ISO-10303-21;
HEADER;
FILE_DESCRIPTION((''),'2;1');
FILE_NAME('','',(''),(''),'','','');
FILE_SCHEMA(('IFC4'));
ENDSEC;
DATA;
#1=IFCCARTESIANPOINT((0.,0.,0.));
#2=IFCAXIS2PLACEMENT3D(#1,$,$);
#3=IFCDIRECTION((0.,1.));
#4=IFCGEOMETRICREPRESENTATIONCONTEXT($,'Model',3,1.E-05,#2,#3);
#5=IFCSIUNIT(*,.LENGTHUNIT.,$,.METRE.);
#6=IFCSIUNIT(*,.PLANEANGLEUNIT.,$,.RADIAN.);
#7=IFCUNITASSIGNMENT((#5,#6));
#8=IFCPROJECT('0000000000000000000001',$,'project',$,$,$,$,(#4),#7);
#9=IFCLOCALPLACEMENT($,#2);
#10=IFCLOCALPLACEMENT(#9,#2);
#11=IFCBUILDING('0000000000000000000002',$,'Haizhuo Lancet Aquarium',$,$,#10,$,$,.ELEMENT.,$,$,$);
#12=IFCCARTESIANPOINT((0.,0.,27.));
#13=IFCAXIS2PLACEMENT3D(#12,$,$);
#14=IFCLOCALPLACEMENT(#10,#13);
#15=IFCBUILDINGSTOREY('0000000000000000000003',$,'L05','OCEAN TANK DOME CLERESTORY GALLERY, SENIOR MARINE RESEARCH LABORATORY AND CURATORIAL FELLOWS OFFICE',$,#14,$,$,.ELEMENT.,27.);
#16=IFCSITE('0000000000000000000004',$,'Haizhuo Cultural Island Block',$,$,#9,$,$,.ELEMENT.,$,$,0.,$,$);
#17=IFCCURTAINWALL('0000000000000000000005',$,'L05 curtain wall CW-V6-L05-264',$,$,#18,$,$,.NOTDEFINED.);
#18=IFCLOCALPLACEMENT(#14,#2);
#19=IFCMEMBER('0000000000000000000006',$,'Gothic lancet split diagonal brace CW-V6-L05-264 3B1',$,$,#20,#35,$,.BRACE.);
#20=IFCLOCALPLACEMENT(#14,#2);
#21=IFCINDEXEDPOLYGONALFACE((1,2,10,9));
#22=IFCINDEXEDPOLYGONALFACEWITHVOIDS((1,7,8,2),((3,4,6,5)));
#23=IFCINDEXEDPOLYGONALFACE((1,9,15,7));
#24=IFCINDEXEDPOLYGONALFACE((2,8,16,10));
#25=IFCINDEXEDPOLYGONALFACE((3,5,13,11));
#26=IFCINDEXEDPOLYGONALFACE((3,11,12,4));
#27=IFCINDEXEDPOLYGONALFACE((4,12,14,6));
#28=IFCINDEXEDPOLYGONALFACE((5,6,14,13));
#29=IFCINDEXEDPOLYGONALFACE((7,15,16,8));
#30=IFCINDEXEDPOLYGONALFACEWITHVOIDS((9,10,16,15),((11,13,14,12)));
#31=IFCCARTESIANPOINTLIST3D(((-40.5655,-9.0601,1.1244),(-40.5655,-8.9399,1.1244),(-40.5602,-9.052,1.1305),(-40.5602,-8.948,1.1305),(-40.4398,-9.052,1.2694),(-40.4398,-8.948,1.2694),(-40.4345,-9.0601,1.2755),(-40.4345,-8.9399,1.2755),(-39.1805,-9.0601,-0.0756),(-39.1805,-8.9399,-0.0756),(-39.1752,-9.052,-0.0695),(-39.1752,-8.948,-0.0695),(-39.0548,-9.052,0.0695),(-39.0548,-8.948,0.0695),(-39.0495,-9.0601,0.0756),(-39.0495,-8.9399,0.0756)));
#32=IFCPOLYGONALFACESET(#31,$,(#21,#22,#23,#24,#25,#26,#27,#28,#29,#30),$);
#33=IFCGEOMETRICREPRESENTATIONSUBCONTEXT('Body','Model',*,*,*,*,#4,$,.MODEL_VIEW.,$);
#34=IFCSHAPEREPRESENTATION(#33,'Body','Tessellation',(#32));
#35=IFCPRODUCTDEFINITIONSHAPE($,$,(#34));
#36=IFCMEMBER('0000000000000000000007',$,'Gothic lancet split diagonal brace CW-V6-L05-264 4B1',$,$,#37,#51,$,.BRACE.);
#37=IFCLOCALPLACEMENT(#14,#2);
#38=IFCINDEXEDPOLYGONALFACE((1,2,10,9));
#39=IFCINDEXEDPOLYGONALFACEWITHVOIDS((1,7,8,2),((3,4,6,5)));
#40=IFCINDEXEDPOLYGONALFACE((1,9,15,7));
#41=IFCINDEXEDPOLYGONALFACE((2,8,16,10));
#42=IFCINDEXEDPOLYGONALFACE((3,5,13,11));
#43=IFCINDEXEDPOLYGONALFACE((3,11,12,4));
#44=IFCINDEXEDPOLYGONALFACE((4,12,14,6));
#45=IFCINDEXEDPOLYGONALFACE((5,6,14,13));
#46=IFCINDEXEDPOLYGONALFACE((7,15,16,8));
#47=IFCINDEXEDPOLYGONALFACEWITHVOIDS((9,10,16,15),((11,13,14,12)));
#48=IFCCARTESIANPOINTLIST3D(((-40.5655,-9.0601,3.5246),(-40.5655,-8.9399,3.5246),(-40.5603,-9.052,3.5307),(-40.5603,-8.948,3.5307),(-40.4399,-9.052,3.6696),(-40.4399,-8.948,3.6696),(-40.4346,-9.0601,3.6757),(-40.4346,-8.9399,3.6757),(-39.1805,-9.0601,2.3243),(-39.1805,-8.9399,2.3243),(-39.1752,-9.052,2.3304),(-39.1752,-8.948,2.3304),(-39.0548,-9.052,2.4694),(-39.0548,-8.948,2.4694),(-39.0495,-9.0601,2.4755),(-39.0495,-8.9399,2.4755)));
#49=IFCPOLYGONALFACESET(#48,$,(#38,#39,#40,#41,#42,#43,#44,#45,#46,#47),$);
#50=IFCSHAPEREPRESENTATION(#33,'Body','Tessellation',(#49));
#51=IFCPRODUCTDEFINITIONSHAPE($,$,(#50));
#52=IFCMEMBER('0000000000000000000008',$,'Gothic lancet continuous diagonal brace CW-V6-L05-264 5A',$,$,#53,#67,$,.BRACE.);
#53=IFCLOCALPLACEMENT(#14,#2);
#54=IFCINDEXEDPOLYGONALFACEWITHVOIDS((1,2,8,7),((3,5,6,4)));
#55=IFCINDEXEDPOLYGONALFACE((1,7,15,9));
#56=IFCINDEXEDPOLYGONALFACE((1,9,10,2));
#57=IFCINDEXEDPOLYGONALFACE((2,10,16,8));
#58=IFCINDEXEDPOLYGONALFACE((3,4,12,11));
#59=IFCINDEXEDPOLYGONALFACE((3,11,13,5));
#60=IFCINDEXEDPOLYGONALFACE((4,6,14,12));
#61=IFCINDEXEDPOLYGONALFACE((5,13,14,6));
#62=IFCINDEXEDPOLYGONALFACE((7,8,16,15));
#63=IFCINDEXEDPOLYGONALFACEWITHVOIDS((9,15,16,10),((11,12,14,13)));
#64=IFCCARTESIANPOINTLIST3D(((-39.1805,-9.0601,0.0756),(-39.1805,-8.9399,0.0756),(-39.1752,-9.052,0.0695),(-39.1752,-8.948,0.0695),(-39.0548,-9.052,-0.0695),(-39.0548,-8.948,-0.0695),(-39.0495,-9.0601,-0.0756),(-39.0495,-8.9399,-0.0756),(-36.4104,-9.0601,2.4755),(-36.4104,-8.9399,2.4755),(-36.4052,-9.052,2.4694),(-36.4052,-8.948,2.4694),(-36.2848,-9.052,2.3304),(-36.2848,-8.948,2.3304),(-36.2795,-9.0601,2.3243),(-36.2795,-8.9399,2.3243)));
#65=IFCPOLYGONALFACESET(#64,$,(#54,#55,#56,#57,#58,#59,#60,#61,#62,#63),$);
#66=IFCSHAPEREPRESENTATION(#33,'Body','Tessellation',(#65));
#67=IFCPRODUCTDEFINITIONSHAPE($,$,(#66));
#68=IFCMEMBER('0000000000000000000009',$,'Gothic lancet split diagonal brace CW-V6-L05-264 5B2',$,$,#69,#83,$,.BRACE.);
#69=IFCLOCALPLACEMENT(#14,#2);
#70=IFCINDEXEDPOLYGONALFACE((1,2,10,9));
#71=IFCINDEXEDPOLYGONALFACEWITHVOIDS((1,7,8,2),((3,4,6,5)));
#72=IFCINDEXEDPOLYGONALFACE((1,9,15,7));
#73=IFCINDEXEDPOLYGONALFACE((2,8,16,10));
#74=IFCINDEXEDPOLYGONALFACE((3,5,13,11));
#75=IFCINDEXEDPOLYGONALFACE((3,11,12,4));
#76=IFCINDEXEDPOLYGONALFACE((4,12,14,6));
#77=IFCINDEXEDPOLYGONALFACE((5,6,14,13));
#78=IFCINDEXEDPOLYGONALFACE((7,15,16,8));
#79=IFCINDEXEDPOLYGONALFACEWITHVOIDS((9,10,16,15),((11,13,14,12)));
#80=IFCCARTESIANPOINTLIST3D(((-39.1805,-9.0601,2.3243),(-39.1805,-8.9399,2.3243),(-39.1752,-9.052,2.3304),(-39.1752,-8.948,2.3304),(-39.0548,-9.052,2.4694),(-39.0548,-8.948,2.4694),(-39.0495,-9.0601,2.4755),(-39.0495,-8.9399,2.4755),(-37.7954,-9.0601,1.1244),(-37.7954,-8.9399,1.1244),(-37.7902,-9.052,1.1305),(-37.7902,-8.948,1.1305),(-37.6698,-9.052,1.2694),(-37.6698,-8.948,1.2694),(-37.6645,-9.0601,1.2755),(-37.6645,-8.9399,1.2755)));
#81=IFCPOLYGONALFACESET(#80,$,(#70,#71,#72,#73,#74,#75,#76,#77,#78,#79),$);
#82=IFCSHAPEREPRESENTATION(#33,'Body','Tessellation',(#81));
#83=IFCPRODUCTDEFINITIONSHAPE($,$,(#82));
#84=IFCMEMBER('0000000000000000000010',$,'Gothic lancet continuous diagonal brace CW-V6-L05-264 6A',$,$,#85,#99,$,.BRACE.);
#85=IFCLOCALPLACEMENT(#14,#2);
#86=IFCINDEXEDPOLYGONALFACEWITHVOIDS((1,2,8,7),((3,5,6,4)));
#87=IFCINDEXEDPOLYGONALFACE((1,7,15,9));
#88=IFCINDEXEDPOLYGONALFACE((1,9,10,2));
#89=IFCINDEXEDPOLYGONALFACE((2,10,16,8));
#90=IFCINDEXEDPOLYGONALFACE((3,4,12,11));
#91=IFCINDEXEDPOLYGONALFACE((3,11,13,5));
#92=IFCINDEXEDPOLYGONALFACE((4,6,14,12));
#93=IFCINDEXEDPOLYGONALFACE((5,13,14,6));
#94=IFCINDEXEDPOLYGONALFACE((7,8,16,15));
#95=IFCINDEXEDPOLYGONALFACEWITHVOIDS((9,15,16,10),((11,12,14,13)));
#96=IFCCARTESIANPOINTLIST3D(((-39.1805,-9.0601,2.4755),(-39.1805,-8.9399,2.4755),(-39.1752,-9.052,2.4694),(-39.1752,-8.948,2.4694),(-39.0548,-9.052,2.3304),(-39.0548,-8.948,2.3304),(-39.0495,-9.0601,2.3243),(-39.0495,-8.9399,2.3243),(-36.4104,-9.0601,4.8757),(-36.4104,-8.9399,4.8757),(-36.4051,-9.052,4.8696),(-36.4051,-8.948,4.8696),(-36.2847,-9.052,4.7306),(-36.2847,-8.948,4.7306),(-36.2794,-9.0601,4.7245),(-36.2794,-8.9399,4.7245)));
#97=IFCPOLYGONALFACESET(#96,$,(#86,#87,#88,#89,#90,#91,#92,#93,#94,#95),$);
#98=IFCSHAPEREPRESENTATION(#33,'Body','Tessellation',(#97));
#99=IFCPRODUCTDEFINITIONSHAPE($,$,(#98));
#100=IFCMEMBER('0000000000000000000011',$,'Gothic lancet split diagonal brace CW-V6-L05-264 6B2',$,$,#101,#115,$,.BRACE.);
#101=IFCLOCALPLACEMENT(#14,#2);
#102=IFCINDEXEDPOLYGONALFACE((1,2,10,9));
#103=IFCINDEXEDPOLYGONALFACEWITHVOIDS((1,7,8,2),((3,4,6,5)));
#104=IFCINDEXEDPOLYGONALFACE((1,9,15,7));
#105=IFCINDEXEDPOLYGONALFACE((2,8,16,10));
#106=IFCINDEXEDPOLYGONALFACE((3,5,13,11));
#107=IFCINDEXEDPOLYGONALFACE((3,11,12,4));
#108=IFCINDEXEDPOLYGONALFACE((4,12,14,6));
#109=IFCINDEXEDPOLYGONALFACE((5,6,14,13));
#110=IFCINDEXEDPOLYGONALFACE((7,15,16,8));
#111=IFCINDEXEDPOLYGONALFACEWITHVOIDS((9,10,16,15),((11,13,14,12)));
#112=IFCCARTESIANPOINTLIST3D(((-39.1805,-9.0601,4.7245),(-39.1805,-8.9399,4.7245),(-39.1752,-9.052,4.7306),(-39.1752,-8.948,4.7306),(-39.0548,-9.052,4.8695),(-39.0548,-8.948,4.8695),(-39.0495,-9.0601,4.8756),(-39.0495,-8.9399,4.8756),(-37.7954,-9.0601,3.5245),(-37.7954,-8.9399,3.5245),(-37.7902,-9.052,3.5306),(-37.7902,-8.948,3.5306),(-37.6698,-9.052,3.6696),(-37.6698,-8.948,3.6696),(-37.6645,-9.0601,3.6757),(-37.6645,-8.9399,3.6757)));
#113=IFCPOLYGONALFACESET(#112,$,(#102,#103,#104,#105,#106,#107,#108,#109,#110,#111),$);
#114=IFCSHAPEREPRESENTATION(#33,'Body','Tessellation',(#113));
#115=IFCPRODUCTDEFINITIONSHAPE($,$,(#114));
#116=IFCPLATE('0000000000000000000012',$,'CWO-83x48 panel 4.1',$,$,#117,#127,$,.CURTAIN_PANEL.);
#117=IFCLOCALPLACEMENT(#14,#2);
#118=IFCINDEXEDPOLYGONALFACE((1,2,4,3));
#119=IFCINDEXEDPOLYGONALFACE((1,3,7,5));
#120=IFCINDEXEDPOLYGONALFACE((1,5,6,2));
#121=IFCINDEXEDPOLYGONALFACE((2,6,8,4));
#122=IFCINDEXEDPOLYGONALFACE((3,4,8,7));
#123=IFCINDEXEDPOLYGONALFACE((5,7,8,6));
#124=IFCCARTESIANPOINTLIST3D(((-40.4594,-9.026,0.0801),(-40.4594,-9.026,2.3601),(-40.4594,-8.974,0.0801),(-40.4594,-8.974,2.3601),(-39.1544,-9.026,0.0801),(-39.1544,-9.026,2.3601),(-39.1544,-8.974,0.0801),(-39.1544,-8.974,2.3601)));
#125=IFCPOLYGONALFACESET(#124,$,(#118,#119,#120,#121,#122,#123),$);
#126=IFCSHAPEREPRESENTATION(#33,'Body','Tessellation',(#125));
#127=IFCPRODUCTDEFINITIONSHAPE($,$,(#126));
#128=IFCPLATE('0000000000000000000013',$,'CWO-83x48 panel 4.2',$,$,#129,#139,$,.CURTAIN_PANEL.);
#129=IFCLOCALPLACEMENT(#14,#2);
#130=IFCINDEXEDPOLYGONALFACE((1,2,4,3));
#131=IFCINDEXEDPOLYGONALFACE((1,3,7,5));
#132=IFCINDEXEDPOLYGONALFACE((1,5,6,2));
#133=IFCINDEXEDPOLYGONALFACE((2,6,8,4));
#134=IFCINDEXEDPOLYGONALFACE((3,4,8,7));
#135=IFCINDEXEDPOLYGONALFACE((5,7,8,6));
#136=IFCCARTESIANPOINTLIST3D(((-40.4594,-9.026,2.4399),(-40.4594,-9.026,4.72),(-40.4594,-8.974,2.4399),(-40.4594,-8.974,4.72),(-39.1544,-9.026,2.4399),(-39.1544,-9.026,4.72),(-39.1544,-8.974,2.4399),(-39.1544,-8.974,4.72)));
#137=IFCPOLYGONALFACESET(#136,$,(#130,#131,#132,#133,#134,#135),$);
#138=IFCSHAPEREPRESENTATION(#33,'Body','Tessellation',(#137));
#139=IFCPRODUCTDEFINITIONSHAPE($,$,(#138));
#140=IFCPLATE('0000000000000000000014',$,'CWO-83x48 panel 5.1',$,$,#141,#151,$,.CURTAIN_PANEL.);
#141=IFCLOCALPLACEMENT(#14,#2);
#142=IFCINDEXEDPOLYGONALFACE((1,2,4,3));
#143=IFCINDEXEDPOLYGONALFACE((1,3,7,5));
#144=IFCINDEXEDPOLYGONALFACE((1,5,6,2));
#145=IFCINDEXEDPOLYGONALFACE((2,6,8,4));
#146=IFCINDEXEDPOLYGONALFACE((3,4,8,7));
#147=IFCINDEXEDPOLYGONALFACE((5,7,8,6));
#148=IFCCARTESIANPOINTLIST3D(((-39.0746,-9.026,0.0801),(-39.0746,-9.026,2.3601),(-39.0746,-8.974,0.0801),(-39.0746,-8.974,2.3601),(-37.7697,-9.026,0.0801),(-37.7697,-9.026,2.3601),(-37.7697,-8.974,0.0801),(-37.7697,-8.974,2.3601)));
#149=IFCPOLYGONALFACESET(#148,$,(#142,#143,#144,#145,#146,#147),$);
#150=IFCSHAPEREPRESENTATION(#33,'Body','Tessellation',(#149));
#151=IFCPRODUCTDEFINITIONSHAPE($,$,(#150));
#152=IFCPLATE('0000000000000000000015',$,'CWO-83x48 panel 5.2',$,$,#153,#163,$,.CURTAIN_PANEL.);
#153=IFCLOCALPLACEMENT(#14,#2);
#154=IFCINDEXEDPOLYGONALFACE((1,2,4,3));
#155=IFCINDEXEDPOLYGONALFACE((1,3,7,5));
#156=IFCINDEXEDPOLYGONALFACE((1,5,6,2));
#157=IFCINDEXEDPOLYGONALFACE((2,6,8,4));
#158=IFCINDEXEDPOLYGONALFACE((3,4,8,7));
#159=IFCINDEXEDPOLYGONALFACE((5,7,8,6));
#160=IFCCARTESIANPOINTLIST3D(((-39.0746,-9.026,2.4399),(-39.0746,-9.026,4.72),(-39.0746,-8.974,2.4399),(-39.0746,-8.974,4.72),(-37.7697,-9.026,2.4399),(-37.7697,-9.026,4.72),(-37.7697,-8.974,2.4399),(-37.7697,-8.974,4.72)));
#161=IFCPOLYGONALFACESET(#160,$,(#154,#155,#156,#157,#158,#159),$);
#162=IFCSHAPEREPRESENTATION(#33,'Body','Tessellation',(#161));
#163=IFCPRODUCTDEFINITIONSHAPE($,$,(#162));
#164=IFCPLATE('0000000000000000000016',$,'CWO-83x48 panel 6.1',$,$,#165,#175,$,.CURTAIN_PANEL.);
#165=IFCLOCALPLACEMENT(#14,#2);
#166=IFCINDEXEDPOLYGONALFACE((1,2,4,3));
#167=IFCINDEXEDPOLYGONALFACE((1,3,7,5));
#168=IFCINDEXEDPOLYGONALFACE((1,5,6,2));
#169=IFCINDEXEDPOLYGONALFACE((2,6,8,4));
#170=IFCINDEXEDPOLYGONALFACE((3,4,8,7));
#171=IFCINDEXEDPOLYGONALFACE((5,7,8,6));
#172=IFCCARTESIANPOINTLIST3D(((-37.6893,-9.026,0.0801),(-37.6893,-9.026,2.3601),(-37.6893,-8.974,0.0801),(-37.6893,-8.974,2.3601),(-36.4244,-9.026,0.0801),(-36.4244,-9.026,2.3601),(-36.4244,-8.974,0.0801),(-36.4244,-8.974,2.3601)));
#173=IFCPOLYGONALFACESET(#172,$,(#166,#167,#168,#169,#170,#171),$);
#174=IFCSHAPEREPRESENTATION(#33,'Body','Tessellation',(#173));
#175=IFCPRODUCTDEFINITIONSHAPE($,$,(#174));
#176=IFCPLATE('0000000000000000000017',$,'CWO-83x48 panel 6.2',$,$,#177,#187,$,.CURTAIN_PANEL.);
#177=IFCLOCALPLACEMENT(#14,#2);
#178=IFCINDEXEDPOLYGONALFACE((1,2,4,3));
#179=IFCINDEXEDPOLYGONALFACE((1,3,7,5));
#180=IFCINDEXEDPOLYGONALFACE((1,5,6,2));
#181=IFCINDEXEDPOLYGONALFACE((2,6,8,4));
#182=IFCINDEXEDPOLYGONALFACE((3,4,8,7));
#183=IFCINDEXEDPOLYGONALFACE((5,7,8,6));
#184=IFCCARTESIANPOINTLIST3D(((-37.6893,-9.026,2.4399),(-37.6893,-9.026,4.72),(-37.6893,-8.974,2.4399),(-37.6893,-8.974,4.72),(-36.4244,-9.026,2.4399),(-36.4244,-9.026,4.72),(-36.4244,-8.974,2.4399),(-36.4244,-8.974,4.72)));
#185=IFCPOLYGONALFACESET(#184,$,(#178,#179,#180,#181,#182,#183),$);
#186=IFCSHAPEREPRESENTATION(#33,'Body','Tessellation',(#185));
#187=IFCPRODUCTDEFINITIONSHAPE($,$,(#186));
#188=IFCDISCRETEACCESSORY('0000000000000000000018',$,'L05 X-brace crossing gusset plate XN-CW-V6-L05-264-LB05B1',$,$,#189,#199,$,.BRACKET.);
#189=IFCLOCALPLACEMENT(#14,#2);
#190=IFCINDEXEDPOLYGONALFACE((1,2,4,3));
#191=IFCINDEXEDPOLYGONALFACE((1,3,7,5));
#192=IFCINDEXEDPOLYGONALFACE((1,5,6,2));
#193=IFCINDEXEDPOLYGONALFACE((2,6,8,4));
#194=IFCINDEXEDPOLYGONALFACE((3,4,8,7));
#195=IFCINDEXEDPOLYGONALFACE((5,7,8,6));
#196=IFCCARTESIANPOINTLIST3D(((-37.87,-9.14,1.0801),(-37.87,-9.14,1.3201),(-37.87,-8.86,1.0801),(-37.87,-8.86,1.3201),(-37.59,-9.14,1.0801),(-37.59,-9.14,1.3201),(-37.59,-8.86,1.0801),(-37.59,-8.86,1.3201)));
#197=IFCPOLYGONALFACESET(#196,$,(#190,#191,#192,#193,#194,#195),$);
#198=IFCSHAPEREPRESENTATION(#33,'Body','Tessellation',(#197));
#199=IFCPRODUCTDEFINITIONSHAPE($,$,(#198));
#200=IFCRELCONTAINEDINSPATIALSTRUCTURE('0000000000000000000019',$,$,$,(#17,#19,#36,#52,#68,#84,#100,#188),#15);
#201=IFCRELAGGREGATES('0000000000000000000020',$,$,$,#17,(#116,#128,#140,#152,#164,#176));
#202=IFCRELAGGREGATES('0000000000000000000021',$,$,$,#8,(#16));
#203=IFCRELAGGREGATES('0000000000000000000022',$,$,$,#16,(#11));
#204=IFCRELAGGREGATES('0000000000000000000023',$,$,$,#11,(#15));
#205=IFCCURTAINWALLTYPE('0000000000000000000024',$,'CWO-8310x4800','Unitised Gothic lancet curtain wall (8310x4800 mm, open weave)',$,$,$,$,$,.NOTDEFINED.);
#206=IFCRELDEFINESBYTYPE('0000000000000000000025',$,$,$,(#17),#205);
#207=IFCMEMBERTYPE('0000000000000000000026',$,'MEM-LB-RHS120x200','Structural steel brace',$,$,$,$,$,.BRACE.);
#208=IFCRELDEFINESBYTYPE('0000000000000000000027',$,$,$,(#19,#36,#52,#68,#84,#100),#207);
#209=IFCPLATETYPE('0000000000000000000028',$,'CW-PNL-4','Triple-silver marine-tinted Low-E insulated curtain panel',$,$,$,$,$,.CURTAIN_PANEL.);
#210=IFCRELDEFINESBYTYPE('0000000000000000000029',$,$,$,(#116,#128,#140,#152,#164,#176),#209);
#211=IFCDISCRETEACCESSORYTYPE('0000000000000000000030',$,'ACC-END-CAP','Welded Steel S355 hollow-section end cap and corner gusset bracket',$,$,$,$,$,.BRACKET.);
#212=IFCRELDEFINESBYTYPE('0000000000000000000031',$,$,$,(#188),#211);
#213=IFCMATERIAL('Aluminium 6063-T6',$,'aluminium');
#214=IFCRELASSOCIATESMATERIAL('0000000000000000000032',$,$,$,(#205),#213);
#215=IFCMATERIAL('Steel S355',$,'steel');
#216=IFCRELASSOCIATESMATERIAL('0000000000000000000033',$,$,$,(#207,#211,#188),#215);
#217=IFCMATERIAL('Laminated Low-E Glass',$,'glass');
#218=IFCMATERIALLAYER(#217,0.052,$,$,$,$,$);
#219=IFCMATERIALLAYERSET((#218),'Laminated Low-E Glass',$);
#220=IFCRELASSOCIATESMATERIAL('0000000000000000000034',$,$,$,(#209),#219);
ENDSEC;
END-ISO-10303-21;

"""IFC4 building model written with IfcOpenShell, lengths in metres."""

from ifc_helpers import new_model, si_unit, direction, frame, origin, origin_2d, place, context, subcontext, project, spatial, rectangle, hollow_rectangle, extrude, material, layer, layer_set, material_profile, profile_set, type_object, element, aggregate, save


model = new_model("IFC4")

# Units and contexts
model_context = context("Model", 3, precision=1e-05, world=origin(), true_north=direction((0.0, 1.0)))
body_context = subcontext(model_context, "Body", "Model", "MODEL_VIEW")
ifc_project = project(units=[si_unit("LENGTHUNIT", "METRE"), si_unit("PLANEANGLEUNIT", "RADIAN")], contexts=[model_context])

# Site, building, storey
site_placement = place(None, origin())
site = spatial("IfcSite", under=ifc_project, at=site_placement, Name="Haizhuo Cultural Island Block", CompositionType="ELEMENT", RefElevation=0.0)
building_placement = place(site_placement, origin())
building = spatial("IfcBuilding", under=site, at=building_placement, Name="Haizhuo Lancet Aquarium", CompositionType="ELEMENT")
storey_placement = place(building_placement, frame((0.0, 0.0, 27.0)))
storey = spatial("IfcBuildingStorey", under=building, at=storey_placement, Name="L05", Description="OCEAN TANK DOME CLERESTORY GALLERY, SENIOR MARINE RESEARCH LABORATORY AND CURATORIAL FELLOWS OFFICE", CompositionType="ELEMENT", Elevation=27.0)

# Curtain wall
ifc_material_1 = material(Name="Aluminium 6063-T6", Category="aluminium")
curtain_wall_type = type_object("IfcCurtainWallType", Name="CWO-8310x4800", Description="Unitised Gothic lancet curtain wall (8310x4800 mm, open weave)", PredefinedType="NOTDEFINED", material=ifc_material_1)
curtain_wall_placement = place(storey_placement, origin())
curtain_wall = element("IfcCurtainWall", 1, at=curtain_wall_placement, inside=storey, type_object=curtain_wall_type, Name="L05 curtain wall CW-V6-L05-264", PredefinedType="NOTDEFINED")

# Members
ifc_material_2 = material(Name="Steel S355", Category="steel")
ifc_material_profile_1 = material_profile(ifc_material_2, hollow_rectangle(XDim=0.1201, YDim=0.2, WallThickness=0.0081, at=origin_2d()), Name="RHS 120x200x8")
ifc_profile_set_1 = profile_set([ifc_material_profile_1], Name="Steel S355")
member_type_1 = type_object("IfcMemberType", Name="MEM-LB-RHS120x200", Description="Structural steel brace", PredefinedType="BRACE", material=ifc_profile_set_1)
member_1_placement = place(storey_placement, frame((-39.115, -9.0, 0.0), z_axis=(-0.755795, 0.0, 0.654809), x_axis=(0.0, -1.0, 0.0)))
element("IfcMember", 2, at=member_1_placement, inside=storey, type_object=member_type_1, Name="Gothic lancet split diagonal brace CW-V6-L05-264 3B1", PredefinedType="BRACE", context=body_context, shape_type="SweptSolid", body=[
    extrude(hollow_rectangle(XDim=0.1201, YDim=0.2, WallThickness=0.0081, at=origin_2d()), origin(), (0.0, 0.0, 1.0), 1.8325),
])
member_2_placement = place(storey_placement, frame((-39.115, -9.0, 2.3999), z_axis=(-0.755729, 0.0, 0.654885), x_axis=(0.0, -1.0, 0.0)))
element("IfcMember", 3, at=member_2_placement, inside=storey, type_object=member_type_1, Name="Gothic lancet split diagonal brace CW-V6-L05-264 4B1", PredefinedType="BRACE", context=body_context, shape_type="SweptSolid", body=[
    extrude(hollow_rectangle(XDim=0.1201, YDim=0.2, WallThickness=0.0081, at=origin_2d()), origin(), (0.0, 0.0, 1.0), 1.8328),
])
member_3_placement = place(storey_placement, frame((-39.115, -9.0, 0.0), z_axis=(0.755795, 0.0, 0.654809), x_axis=(0.0, 1.0, 0.0)))
element("IfcMember", 4, at=member_3_placement, inside=storey, type_object=member_type_1, Name="Gothic lancet continuous diagonal brace CW-V6-L05-264 5A", PredefinedType="BRACE", context=body_context, shape_type="SweptSolid", body=[
    extrude(hollow_rectangle(XDim=0.1201, YDim=0.2, WallThickness=0.0081, at=origin_2d()), origin(), (0.0, 0.0, 1.0), 3.665),
])
member_4_placement = place(storey_placement, frame((-37.73, -9.0, 1.2), z_axis=(-0.755795, 0.0, 0.654809), x_axis=(0.0, -1.0, 0.0)))
element("IfcMember", 5, at=member_4_placement, inside=storey, type_object=member_type_1, Name="Gothic lancet split diagonal brace CW-V6-L05-264 5B2", PredefinedType="BRACE", context=body_context, shape_type="SweptSolid", body=[
    extrude(hollow_rectangle(XDim=0.1201, YDim=0.2, WallThickness=0.0081, at=origin_2d()), origin(), (0.0, 0.0, 1.0), 1.8325),
])
member_5_placement = place(storey_placement, frame((-39.115, -9.0, 2.3999), z_axis=(0.755762, 0.0, 0.654847), x_axis=(0.0, 1.0, 0.0)))
element("IfcMember", 6, at=member_5_placement, inside=storey, type_object=member_type_1, Name="Gothic lancet continuous diagonal brace CW-V6-L05-264 6A", PredefinedType="BRACE", context=body_context, shape_type="SweptSolid", body=[
    extrude(hollow_rectangle(XDim=0.1201, YDim=0.2, WallThickness=0.0081, at=origin_2d()), origin(), (0.0, 0.0, 1.0), 3.6653),
])
member_6_placement = place(storey_placement, frame((-37.73, -9.0, 3.6001), z_axis=(-0.755795, 0.0, 0.654809), x_axis=(0.0, -1.0, 0.0)))
element("IfcMember", 7, at=member_6_placement, inside=storey, type_object=member_type_1, Name="Gothic lancet split diagonal brace CW-V6-L05-264 6B2", PredefinedType="BRACE", context=body_context, shape_type="SweptSolid", body=[
    extrude(hollow_rectangle(XDim=0.1201, YDim=0.2, WallThickness=0.0081, at=origin_2d()), origin(), (0.0, 0.0, 1.0), 1.8325),
])

# Plates
ifc_material_3 = material(Name="Laminated Low-E Glass", Category="glass")
ifc_layer = layer(ifc_material_3, 0.052)
ifc_layer_set = layer_set([ifc_layer], Name="Laminated Low-E Glass")
plate_type = type_object("IfcPlateType", Name="CW-PNL-4", Description="Triple-silver marine-tinted Low-E insulated curtain panel", PredefinedType="CURTAIN_PANEL", material=ifc_layer_set)
plate_1_placement = place(storey_placement, frame((-39.8069, -9.0, 0.0801), z_axis=(0.0, 0.0, 1.0), x_axis=(1.0, 0.0, 0.0)))
plate_1 = element("IfcPlate", 8, at=plate_1_placement, type_object=plate_type, Name="CWO-83x48 panel 4.1", PredefinedType="CURTAIN_PANEL", context=body_context, shape_type="SweptSolid", body=[
    extrude(rectangle(XDim=1.3049, YDim=0.052, at=origin_2d()), origin(), (0.0, 0.0, 1.0), 2.28),
])
plate_2_placement = place(storey_placement, frame((-39.8069, -9.0, 2.4399), z_axis=(0.0, 0.0, 1.0), x_axis=(1.0, 0.0, 0.0)))
plate_2 = element("IfcPlate", 9, at=plate_2_placement, type_object=plate_type, Name="CWO-83x48 panel 4.2", PredefinedType="CURTAIN_PANEL", context=body_context, shape_type="SweptSolid", body=[
    extrude(rectangle(XDim=1.3049, YDim=0.052, at=origin_2d()), origin(), (0.0, 0.0, 1.0), 2.28),
])
plate_3_placement = place(storey_placement, frame((-38.4221, -9.0, 0.0801), z_axis=(0.0, 0.0, 1.0), x_axis=(1.0, 0.0, 0.0)))
plate_3 = element("IfcPlate", 10, at=plate_3_placement, type_object=plate_type, Name="CWO-83x48 panel 5.1", PredefinedType="CURTAIN_PANEL", context=body_context, shape_type="SweptSolid", body=[
    extrude(rectangle(XDim=1.3049, YDim=0.052, at=origin_2d()), origin(), (0.0, 0.0, 1.0), 2.28),
])
plate_4_placement = place(storey_placement, frame((-38.4221, -9.0, 2.4399), z_axis=(0.0, 0.0, 1.0), x_axis=(1.0, 0.0, 0.0)))
plate_4 = element("IfcPlate", 11, at=plate_4_placement, type_object=plate_type, Name="CWO-83x48 panel 5.2", PredefinedType="CURTAIN_PANEL", context=body_context, shape_type="SweptSolid", body=[
    extrude(rectangle(XDim=1.3049, YDim=0.052, at=origin_2d()), origin(), (0.0, 0.0, 1.0), 2.28),
])
plate_5_placement = place(storey_placement, frame((-37.0569, -9.0, 0.0801), z_axis=(0.0, 0.0, 1.0), x_axis=(1.0, 0.0, 0.0)))
plate_5 = element("IfcPlate", 12, at=plate_5_placement, type_object=plate_type, Name="CWO-83x48 panel 6.1", PredefinedType="CURTAIN_PANEL", context=body_context, shape_type="SweptSolid", body=[
    extrude(rectangle(XDim=1.2649, YDim=0.052, at=origin_2d()), origin(), (0.0, 0.0, 1.0), 2.28),
])
plate_6_placement = place(storey_placement, frame((-37.0569, -9.0, 2.4399), z_axis=(0.0, 0.0, 1.0), x_axis=(1.0, 0.0, 0.0)))
plate_6 = element("IfcPlate", 13, at=plate_6_placement, type_object=plate_type, Name="CWO-83x48 panel 6.2", PredefinedType="CURTAIN_PANEL", context=body_context, shape_type="SweptSolid", body=[
    extrude(rectangle(XDim=1.2649, YDim=0.052, at=origin_2d()), origin(), (0.0, 0.0, 1.0), 2.28),
])
aggregate(curtain_wall, [plate_1, plate_2, plate_3, plate_4, plate_5, plate_6])

# Discrete accessory
discrete_accessory_type = type_object("IfcDiscreteAccessoryType", Name="ACC-END-CAP", Description="Welded Steel S355 hollow-section end cap and corner gusset bracket", PredefinedType="BRACKET", material=ifc_material_2)
for number, where, z_axis, x_axis, name in (
    (14, (-37.73, -9.0, 1.0801), (0.0, 0.0, 1.0), (1.0, 0.0, 0.0), "L05 X-brace crossing gusset plate XN-CW-V6-L05-264-LB05B1"),
):
    element("IfcDiscreteAccessory", number, at=place(storey_placement, frame(where, z_axis=z_axis, x_axis=x_axis)), inside=storey, type_object=discrete_accessory_type, material=ifc_material_2, Name=name, PredefinedType="BRACKET", context=body_context, shape_type="SweptSolid", body=[
        extrude(rectangle(XDim=0.28, YDim=0.28, at=origin_2d()), origin(), (0.0, 0.0, 1.0), 0.24),
    ])

save(model, "model.ifc")
